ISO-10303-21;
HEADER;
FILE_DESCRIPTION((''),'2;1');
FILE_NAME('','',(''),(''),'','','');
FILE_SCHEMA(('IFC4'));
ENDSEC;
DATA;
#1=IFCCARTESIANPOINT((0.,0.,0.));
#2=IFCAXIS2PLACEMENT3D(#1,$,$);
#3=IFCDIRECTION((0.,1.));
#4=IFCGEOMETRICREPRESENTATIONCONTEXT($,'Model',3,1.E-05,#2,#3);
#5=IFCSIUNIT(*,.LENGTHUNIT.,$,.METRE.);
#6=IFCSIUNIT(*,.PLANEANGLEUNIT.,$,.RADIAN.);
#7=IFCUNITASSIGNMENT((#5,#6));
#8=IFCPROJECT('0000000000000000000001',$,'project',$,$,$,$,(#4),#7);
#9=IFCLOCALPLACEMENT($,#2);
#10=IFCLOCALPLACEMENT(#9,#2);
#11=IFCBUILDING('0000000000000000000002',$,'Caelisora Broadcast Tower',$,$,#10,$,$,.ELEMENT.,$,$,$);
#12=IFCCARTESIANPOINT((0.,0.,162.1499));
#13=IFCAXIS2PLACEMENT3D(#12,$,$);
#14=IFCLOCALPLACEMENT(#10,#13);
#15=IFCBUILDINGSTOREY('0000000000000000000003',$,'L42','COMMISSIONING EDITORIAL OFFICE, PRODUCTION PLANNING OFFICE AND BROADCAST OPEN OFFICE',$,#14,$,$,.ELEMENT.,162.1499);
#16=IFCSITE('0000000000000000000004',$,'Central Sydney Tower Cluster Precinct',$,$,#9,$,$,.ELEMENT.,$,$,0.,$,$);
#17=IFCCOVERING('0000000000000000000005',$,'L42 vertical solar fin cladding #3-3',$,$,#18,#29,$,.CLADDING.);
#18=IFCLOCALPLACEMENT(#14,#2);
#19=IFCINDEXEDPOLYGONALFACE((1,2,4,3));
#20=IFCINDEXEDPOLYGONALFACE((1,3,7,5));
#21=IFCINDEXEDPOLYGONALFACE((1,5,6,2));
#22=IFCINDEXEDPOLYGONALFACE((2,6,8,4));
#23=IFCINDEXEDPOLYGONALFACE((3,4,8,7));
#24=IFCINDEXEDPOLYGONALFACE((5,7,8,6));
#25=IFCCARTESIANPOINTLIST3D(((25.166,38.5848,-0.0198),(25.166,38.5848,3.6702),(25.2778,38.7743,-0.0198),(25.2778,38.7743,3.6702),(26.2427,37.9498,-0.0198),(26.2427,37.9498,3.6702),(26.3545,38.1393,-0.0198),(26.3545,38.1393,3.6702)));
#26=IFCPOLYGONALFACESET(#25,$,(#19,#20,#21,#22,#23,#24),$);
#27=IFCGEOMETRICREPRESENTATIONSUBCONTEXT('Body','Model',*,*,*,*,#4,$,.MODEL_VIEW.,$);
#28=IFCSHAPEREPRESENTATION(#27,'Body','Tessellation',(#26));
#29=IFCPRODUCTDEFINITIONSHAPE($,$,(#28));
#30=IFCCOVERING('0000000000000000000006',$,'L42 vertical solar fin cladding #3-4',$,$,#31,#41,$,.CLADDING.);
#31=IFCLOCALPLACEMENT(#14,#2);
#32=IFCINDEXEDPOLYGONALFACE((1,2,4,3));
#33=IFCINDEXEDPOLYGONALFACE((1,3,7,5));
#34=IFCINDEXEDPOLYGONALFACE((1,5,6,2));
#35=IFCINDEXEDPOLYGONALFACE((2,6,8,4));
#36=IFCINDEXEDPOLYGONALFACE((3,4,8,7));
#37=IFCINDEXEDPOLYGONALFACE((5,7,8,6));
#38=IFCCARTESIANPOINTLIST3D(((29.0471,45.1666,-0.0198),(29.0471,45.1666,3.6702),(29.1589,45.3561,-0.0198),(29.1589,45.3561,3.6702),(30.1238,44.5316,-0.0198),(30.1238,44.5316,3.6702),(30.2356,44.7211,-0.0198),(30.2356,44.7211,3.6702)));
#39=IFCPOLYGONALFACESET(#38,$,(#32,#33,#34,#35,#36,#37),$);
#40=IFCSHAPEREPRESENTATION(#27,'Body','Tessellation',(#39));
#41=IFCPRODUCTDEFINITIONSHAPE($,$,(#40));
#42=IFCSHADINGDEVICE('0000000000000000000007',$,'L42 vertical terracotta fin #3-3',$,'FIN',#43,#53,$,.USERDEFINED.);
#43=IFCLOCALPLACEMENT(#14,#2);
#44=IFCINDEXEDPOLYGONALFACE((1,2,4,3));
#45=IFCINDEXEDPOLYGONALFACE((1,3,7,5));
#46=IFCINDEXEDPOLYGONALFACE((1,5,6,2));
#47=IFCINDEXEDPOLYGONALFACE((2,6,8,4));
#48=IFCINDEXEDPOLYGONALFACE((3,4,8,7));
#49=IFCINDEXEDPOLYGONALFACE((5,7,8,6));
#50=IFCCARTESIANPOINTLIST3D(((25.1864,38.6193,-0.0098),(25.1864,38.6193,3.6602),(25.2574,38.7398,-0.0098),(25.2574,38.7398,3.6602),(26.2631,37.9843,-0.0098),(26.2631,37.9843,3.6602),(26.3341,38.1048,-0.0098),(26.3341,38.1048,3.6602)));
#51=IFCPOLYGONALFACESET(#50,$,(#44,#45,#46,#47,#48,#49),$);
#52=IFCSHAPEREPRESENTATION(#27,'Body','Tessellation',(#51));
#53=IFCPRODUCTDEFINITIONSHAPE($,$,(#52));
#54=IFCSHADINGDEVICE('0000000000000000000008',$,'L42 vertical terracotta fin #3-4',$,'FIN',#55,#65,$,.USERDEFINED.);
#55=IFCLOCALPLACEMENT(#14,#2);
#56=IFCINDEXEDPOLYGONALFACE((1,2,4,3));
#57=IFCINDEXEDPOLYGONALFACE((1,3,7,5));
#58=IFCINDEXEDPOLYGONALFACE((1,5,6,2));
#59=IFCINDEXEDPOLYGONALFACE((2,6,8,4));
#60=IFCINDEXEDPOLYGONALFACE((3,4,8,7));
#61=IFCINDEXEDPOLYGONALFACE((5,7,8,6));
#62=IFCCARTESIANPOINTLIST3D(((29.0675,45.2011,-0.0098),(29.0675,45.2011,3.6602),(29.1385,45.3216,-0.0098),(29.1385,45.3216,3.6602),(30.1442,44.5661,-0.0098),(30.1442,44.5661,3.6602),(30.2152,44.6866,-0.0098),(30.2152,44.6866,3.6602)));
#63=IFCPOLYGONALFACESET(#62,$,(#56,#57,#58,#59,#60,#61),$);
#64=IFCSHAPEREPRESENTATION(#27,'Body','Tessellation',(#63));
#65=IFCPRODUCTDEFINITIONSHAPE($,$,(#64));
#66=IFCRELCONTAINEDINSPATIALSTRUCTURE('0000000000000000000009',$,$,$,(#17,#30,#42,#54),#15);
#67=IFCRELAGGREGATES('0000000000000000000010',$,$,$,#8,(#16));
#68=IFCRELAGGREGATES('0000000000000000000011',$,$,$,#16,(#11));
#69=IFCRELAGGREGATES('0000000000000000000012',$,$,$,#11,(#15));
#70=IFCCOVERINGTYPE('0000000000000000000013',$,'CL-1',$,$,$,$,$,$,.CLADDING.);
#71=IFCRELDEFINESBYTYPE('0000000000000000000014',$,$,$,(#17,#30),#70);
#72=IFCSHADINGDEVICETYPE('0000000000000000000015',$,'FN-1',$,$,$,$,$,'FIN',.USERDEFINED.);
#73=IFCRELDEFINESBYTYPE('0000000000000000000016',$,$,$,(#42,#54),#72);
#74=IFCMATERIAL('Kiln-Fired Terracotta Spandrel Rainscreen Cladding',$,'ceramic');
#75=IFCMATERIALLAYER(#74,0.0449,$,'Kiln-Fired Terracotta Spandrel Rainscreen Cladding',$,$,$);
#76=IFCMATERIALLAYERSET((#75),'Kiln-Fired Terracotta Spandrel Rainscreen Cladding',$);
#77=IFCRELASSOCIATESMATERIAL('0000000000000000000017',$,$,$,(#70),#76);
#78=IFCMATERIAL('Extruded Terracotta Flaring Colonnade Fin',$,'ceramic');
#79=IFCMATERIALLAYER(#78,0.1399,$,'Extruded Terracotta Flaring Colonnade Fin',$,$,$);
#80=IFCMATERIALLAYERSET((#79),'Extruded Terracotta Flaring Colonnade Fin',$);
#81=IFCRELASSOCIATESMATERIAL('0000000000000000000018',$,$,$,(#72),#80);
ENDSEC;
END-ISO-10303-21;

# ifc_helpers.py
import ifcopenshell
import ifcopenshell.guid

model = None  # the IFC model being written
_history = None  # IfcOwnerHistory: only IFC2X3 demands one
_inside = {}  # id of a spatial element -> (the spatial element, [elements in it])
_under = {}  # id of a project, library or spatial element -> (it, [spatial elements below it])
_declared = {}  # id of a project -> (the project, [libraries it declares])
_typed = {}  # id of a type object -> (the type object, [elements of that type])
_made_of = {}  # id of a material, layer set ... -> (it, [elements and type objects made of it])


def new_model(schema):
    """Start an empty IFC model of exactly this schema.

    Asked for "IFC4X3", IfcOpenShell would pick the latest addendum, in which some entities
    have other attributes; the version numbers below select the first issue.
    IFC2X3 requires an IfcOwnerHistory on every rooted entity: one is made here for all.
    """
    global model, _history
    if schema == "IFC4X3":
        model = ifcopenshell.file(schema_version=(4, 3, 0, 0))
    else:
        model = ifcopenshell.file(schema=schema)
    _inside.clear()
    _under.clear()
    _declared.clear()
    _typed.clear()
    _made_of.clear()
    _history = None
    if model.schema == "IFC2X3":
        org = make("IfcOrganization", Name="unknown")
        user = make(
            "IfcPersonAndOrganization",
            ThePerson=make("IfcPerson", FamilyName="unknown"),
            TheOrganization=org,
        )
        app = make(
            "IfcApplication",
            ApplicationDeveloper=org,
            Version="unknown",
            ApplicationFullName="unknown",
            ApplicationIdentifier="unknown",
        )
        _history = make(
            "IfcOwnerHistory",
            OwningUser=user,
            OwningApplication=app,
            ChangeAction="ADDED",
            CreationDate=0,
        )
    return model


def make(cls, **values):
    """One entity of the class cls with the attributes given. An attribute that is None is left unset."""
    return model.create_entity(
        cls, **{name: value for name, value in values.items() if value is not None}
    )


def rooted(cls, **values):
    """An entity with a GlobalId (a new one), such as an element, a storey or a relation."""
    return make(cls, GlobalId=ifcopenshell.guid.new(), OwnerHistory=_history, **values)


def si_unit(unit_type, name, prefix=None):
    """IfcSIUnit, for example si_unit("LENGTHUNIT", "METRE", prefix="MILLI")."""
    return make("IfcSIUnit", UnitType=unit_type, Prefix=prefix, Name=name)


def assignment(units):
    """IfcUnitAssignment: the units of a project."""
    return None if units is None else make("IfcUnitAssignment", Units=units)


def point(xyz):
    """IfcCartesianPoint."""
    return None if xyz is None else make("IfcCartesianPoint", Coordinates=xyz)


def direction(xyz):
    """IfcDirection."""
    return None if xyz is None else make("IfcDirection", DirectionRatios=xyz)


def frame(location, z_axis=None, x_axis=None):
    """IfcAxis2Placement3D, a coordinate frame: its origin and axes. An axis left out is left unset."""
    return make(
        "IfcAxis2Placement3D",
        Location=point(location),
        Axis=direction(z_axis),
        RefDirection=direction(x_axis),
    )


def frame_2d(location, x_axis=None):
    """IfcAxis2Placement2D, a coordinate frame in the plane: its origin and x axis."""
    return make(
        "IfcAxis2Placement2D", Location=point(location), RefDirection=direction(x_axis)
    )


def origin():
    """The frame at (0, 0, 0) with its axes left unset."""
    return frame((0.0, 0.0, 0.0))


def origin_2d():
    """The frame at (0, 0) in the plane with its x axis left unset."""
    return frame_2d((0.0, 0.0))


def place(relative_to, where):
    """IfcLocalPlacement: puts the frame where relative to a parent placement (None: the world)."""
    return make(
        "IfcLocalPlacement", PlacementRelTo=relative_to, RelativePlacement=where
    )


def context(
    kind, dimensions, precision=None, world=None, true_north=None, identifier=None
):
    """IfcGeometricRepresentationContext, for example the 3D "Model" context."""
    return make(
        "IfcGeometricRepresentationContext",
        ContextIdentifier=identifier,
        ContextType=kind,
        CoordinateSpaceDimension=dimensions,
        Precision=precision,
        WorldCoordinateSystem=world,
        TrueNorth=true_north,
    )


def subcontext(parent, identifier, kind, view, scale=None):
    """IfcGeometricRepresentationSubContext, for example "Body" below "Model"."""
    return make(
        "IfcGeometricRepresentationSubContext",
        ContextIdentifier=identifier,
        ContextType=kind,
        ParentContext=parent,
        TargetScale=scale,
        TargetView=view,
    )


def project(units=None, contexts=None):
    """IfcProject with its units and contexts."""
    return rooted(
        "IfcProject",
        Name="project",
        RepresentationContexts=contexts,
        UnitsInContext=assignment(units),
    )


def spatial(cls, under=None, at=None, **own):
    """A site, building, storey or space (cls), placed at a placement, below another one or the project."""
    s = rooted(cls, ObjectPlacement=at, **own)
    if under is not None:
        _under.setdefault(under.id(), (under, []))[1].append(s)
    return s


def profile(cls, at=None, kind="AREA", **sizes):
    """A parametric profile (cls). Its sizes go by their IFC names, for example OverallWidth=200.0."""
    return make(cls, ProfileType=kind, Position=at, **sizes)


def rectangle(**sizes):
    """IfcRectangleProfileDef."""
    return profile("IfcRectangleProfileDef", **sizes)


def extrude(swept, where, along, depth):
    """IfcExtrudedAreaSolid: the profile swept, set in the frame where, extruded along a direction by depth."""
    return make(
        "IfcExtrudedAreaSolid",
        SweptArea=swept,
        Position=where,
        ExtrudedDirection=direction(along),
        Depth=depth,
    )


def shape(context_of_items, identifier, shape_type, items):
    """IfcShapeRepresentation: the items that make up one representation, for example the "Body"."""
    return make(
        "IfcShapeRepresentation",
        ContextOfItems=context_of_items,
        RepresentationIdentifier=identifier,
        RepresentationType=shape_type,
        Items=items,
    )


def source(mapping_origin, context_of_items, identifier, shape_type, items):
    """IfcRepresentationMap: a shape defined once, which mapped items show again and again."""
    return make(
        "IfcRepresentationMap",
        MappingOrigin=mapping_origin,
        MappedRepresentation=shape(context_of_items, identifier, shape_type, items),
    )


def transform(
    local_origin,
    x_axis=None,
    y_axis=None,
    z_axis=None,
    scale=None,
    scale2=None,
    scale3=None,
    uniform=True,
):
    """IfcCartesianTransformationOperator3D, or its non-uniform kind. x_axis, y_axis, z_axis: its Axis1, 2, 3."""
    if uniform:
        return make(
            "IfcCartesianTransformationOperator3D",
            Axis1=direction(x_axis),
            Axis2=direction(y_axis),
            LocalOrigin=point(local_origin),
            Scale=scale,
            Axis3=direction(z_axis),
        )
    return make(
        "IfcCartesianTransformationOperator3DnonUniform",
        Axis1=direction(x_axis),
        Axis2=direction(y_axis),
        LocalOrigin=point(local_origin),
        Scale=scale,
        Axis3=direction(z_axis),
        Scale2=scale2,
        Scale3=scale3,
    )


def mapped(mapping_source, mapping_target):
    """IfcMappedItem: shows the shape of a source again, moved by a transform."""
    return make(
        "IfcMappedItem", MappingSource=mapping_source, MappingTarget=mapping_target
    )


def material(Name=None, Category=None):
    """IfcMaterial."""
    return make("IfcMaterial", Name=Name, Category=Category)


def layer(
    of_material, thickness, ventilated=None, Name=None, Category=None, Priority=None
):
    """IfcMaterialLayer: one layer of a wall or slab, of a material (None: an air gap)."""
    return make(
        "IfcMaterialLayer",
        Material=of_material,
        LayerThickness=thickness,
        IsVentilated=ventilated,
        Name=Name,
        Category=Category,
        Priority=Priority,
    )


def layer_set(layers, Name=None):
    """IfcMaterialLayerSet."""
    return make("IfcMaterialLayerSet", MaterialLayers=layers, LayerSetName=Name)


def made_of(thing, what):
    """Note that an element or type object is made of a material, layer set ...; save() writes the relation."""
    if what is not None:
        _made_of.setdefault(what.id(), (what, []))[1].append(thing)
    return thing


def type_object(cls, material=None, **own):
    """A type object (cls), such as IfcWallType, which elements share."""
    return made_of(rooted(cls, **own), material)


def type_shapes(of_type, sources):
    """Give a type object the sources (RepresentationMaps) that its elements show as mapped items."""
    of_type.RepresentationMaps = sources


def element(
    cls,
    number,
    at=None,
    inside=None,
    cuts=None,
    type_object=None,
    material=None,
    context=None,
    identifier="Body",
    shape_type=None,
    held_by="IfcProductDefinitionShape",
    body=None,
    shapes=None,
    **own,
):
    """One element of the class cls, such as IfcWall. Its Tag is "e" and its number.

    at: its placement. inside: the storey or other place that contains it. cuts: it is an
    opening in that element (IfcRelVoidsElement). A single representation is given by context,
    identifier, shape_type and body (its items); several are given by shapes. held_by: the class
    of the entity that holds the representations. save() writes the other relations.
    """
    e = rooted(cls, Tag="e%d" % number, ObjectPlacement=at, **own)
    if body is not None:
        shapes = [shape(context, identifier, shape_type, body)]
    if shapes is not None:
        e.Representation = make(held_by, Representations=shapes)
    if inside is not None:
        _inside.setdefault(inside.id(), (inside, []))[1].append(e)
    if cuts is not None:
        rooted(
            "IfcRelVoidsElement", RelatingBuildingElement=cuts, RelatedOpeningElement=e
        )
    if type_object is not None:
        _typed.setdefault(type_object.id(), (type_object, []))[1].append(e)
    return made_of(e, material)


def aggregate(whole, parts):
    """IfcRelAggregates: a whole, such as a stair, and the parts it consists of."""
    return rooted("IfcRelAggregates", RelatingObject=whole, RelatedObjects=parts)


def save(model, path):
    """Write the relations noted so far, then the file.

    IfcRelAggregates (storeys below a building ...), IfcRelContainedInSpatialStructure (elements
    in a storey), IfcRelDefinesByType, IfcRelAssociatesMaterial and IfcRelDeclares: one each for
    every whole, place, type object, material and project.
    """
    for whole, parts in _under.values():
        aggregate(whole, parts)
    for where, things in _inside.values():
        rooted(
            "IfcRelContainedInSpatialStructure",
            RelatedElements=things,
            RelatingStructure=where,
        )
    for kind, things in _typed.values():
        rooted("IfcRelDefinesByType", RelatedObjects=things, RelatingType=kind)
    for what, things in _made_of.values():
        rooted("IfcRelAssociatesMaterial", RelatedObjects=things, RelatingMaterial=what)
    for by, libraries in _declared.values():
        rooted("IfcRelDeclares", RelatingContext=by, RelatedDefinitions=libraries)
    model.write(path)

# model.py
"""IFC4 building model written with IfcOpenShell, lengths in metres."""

from ifc_helpers import new_model, si_unit, direction, frame, origin, origin_2d, place, context, subcontext, project, spatial, rectangle, extrude, source, transform, mapped, material, layer, layer_set, type_object, type_shapes, element, save


model = new_model("IFC4")

# Units and contexts
model_context = context("Model", 3, precision=1e-05, world=origin(), true_north=direction((0.0, 1.0)))
body_context = subcontext(model_context, "Body", "Model", "MODEL_VIEW")
ifc_project = project(units=[si_unit("LENGTHUNIT", "METRE"), si_unit("PLANEANGLEUNIT", "RADIAN")], contexts=[model_context])

# Site, building, storey
site_placement = place(None, origin())
site = spatial("IfcSite", under=ifc_project, at=site_placement, Name="Central Sydney Tower Cluster Precinct", CompositionType="ELEMENT", RefElevation=0.0)
building_placement = place(site_placement, origin())
building = spatial("IfcBuilding", under=site, at=building_placement, Name="Caelisora Broadcast Tower", CompositionType="ELEMENT")
storey_placement = place(building_placement, frame((0.0, 0.0, 162.1499)))
storey = spatial("IfcBuildingStorey", under=building, at=storey_placement, Name="L42", Description="COMMISSIONING EDITORIAL OFFICE, PRODUCTION PLANNING OFFICE AND BROADCAST OPEN OFFICE", CompositionType="ELEMENT", Elevation=162.1499)

# Coverings
ifc_material_1 = material(Name="Kiln-Fired Terracotta Spandrel Rainscreen Cladding", Category="ceramic")
ifc_layer_1 = layer(ifc_material_1, 0.0449, Name="Kiln-Fired Terracotta Spandrel Rainscreen Cladding")
ifc_layer_set_1 = layer_set([ifc_layer_1], Name="Kiln-Fired Terracotta Spandrel Rainscreen Cladding")
covering_type = type_object("IfcCoveringType", Name="CL-1", PredefinedType="CLADDING", material=ifc_layer_set_1)
shared_shape_1 = source(origin(), body_context, "Body", "SweptSolid", [
    extrude(rectangle(XDim=0.22, YDim=1.25, at=origin_2d()), origin(), (0.0, 0.0, 1.0), 3.6899),
])
type_shapes(covering_type, [shared_shape_1])
for number, where, z_axis, x_axis, name in (
    (1, (25.7603, 38.3621, -0.0198), (0.0, 0.0, 1.0), (0.507989, 0.861363, 0.0), "L42 vertical solar fin cladding #3-3"),
    (2, (29.6414, 44.9438, -0.0198), (0.0, 0.0, 1.0), (0.507989, 0.861363, 0.0), "L42 vertical solar fin cladding #3-4"),
):
    element("IfcCovering", number, at=place(storey_placement, frame(where, z_axis=z_axis, x_axis=x_axis)), inside=storey, type_object=covering_type, Name=name, PredefinedType="CLADDING", context=body_context, shape_type="MappedRepresentation", body=[
        mapped(shared_shape_1, transform((0.0, 0.0, 0.0), scale=1.0)),
    ])

# Shading devices
ifc_material_2 = material(Name="Extruded Terracotta Flaring Colonnade Fin", Category="ceramic")
ifc_layer_2 = layer(ifc_material_2, 0.1399, Name="Extruded Terracotta Flaring Colonnade Fin")
ifc_layer_set_2 = layer_set([ifc_layer_2], Name="Extruded Terracotta Flaring Colonnade Fin")
shading_device_type = type_object("IfcShadingDeviceType", Name="FN-1", ElementType="FIN", PredefinedType="USERDEFINED", material=ifc_layer_set_2)
shared_shape_2 = source(origin(), body_context, "Body", "SweptSolid", [
    extrude(rectangle(XDim=0.1399, YDim=1.25, at=origin_2d()), origin(), (0.0, 0.0, 1.0), 3.6699),
])
type_shapes(shading_device_type, [shared_shape_2])
for number, where, z_axis, x_axis, name in (
    (3, (25.7603, 38.3621, -0.0098), (0.0, 0.0, 1.0), (0.507989, 0.861363, 0.0), "L42 vertical terracotta fin #3-3"),
    (4, (29.6414, 44.9438, -0.0098), (0.0, 0.0, 1.0), (0.507989, 0.861363, 0.0), "L42 vertical terracotta fin #3-4"),
):
    element("IfcShadingDevice", number, at=place(storey_placement, frame(where, z_axis=z_axis, x_axis=x_axis)), inside=storey, type_object=shading_device_type, Name=name, ObjectType="FIN", PredefinedType="USERDEFINED", context=body_context, shape_type="MappedRepresentation", body=[
        mapped(shared_shape_2, transform((0.0, 0.0, 0.0), scale=1.0)),
    ])

save(model, "model.ifc")
